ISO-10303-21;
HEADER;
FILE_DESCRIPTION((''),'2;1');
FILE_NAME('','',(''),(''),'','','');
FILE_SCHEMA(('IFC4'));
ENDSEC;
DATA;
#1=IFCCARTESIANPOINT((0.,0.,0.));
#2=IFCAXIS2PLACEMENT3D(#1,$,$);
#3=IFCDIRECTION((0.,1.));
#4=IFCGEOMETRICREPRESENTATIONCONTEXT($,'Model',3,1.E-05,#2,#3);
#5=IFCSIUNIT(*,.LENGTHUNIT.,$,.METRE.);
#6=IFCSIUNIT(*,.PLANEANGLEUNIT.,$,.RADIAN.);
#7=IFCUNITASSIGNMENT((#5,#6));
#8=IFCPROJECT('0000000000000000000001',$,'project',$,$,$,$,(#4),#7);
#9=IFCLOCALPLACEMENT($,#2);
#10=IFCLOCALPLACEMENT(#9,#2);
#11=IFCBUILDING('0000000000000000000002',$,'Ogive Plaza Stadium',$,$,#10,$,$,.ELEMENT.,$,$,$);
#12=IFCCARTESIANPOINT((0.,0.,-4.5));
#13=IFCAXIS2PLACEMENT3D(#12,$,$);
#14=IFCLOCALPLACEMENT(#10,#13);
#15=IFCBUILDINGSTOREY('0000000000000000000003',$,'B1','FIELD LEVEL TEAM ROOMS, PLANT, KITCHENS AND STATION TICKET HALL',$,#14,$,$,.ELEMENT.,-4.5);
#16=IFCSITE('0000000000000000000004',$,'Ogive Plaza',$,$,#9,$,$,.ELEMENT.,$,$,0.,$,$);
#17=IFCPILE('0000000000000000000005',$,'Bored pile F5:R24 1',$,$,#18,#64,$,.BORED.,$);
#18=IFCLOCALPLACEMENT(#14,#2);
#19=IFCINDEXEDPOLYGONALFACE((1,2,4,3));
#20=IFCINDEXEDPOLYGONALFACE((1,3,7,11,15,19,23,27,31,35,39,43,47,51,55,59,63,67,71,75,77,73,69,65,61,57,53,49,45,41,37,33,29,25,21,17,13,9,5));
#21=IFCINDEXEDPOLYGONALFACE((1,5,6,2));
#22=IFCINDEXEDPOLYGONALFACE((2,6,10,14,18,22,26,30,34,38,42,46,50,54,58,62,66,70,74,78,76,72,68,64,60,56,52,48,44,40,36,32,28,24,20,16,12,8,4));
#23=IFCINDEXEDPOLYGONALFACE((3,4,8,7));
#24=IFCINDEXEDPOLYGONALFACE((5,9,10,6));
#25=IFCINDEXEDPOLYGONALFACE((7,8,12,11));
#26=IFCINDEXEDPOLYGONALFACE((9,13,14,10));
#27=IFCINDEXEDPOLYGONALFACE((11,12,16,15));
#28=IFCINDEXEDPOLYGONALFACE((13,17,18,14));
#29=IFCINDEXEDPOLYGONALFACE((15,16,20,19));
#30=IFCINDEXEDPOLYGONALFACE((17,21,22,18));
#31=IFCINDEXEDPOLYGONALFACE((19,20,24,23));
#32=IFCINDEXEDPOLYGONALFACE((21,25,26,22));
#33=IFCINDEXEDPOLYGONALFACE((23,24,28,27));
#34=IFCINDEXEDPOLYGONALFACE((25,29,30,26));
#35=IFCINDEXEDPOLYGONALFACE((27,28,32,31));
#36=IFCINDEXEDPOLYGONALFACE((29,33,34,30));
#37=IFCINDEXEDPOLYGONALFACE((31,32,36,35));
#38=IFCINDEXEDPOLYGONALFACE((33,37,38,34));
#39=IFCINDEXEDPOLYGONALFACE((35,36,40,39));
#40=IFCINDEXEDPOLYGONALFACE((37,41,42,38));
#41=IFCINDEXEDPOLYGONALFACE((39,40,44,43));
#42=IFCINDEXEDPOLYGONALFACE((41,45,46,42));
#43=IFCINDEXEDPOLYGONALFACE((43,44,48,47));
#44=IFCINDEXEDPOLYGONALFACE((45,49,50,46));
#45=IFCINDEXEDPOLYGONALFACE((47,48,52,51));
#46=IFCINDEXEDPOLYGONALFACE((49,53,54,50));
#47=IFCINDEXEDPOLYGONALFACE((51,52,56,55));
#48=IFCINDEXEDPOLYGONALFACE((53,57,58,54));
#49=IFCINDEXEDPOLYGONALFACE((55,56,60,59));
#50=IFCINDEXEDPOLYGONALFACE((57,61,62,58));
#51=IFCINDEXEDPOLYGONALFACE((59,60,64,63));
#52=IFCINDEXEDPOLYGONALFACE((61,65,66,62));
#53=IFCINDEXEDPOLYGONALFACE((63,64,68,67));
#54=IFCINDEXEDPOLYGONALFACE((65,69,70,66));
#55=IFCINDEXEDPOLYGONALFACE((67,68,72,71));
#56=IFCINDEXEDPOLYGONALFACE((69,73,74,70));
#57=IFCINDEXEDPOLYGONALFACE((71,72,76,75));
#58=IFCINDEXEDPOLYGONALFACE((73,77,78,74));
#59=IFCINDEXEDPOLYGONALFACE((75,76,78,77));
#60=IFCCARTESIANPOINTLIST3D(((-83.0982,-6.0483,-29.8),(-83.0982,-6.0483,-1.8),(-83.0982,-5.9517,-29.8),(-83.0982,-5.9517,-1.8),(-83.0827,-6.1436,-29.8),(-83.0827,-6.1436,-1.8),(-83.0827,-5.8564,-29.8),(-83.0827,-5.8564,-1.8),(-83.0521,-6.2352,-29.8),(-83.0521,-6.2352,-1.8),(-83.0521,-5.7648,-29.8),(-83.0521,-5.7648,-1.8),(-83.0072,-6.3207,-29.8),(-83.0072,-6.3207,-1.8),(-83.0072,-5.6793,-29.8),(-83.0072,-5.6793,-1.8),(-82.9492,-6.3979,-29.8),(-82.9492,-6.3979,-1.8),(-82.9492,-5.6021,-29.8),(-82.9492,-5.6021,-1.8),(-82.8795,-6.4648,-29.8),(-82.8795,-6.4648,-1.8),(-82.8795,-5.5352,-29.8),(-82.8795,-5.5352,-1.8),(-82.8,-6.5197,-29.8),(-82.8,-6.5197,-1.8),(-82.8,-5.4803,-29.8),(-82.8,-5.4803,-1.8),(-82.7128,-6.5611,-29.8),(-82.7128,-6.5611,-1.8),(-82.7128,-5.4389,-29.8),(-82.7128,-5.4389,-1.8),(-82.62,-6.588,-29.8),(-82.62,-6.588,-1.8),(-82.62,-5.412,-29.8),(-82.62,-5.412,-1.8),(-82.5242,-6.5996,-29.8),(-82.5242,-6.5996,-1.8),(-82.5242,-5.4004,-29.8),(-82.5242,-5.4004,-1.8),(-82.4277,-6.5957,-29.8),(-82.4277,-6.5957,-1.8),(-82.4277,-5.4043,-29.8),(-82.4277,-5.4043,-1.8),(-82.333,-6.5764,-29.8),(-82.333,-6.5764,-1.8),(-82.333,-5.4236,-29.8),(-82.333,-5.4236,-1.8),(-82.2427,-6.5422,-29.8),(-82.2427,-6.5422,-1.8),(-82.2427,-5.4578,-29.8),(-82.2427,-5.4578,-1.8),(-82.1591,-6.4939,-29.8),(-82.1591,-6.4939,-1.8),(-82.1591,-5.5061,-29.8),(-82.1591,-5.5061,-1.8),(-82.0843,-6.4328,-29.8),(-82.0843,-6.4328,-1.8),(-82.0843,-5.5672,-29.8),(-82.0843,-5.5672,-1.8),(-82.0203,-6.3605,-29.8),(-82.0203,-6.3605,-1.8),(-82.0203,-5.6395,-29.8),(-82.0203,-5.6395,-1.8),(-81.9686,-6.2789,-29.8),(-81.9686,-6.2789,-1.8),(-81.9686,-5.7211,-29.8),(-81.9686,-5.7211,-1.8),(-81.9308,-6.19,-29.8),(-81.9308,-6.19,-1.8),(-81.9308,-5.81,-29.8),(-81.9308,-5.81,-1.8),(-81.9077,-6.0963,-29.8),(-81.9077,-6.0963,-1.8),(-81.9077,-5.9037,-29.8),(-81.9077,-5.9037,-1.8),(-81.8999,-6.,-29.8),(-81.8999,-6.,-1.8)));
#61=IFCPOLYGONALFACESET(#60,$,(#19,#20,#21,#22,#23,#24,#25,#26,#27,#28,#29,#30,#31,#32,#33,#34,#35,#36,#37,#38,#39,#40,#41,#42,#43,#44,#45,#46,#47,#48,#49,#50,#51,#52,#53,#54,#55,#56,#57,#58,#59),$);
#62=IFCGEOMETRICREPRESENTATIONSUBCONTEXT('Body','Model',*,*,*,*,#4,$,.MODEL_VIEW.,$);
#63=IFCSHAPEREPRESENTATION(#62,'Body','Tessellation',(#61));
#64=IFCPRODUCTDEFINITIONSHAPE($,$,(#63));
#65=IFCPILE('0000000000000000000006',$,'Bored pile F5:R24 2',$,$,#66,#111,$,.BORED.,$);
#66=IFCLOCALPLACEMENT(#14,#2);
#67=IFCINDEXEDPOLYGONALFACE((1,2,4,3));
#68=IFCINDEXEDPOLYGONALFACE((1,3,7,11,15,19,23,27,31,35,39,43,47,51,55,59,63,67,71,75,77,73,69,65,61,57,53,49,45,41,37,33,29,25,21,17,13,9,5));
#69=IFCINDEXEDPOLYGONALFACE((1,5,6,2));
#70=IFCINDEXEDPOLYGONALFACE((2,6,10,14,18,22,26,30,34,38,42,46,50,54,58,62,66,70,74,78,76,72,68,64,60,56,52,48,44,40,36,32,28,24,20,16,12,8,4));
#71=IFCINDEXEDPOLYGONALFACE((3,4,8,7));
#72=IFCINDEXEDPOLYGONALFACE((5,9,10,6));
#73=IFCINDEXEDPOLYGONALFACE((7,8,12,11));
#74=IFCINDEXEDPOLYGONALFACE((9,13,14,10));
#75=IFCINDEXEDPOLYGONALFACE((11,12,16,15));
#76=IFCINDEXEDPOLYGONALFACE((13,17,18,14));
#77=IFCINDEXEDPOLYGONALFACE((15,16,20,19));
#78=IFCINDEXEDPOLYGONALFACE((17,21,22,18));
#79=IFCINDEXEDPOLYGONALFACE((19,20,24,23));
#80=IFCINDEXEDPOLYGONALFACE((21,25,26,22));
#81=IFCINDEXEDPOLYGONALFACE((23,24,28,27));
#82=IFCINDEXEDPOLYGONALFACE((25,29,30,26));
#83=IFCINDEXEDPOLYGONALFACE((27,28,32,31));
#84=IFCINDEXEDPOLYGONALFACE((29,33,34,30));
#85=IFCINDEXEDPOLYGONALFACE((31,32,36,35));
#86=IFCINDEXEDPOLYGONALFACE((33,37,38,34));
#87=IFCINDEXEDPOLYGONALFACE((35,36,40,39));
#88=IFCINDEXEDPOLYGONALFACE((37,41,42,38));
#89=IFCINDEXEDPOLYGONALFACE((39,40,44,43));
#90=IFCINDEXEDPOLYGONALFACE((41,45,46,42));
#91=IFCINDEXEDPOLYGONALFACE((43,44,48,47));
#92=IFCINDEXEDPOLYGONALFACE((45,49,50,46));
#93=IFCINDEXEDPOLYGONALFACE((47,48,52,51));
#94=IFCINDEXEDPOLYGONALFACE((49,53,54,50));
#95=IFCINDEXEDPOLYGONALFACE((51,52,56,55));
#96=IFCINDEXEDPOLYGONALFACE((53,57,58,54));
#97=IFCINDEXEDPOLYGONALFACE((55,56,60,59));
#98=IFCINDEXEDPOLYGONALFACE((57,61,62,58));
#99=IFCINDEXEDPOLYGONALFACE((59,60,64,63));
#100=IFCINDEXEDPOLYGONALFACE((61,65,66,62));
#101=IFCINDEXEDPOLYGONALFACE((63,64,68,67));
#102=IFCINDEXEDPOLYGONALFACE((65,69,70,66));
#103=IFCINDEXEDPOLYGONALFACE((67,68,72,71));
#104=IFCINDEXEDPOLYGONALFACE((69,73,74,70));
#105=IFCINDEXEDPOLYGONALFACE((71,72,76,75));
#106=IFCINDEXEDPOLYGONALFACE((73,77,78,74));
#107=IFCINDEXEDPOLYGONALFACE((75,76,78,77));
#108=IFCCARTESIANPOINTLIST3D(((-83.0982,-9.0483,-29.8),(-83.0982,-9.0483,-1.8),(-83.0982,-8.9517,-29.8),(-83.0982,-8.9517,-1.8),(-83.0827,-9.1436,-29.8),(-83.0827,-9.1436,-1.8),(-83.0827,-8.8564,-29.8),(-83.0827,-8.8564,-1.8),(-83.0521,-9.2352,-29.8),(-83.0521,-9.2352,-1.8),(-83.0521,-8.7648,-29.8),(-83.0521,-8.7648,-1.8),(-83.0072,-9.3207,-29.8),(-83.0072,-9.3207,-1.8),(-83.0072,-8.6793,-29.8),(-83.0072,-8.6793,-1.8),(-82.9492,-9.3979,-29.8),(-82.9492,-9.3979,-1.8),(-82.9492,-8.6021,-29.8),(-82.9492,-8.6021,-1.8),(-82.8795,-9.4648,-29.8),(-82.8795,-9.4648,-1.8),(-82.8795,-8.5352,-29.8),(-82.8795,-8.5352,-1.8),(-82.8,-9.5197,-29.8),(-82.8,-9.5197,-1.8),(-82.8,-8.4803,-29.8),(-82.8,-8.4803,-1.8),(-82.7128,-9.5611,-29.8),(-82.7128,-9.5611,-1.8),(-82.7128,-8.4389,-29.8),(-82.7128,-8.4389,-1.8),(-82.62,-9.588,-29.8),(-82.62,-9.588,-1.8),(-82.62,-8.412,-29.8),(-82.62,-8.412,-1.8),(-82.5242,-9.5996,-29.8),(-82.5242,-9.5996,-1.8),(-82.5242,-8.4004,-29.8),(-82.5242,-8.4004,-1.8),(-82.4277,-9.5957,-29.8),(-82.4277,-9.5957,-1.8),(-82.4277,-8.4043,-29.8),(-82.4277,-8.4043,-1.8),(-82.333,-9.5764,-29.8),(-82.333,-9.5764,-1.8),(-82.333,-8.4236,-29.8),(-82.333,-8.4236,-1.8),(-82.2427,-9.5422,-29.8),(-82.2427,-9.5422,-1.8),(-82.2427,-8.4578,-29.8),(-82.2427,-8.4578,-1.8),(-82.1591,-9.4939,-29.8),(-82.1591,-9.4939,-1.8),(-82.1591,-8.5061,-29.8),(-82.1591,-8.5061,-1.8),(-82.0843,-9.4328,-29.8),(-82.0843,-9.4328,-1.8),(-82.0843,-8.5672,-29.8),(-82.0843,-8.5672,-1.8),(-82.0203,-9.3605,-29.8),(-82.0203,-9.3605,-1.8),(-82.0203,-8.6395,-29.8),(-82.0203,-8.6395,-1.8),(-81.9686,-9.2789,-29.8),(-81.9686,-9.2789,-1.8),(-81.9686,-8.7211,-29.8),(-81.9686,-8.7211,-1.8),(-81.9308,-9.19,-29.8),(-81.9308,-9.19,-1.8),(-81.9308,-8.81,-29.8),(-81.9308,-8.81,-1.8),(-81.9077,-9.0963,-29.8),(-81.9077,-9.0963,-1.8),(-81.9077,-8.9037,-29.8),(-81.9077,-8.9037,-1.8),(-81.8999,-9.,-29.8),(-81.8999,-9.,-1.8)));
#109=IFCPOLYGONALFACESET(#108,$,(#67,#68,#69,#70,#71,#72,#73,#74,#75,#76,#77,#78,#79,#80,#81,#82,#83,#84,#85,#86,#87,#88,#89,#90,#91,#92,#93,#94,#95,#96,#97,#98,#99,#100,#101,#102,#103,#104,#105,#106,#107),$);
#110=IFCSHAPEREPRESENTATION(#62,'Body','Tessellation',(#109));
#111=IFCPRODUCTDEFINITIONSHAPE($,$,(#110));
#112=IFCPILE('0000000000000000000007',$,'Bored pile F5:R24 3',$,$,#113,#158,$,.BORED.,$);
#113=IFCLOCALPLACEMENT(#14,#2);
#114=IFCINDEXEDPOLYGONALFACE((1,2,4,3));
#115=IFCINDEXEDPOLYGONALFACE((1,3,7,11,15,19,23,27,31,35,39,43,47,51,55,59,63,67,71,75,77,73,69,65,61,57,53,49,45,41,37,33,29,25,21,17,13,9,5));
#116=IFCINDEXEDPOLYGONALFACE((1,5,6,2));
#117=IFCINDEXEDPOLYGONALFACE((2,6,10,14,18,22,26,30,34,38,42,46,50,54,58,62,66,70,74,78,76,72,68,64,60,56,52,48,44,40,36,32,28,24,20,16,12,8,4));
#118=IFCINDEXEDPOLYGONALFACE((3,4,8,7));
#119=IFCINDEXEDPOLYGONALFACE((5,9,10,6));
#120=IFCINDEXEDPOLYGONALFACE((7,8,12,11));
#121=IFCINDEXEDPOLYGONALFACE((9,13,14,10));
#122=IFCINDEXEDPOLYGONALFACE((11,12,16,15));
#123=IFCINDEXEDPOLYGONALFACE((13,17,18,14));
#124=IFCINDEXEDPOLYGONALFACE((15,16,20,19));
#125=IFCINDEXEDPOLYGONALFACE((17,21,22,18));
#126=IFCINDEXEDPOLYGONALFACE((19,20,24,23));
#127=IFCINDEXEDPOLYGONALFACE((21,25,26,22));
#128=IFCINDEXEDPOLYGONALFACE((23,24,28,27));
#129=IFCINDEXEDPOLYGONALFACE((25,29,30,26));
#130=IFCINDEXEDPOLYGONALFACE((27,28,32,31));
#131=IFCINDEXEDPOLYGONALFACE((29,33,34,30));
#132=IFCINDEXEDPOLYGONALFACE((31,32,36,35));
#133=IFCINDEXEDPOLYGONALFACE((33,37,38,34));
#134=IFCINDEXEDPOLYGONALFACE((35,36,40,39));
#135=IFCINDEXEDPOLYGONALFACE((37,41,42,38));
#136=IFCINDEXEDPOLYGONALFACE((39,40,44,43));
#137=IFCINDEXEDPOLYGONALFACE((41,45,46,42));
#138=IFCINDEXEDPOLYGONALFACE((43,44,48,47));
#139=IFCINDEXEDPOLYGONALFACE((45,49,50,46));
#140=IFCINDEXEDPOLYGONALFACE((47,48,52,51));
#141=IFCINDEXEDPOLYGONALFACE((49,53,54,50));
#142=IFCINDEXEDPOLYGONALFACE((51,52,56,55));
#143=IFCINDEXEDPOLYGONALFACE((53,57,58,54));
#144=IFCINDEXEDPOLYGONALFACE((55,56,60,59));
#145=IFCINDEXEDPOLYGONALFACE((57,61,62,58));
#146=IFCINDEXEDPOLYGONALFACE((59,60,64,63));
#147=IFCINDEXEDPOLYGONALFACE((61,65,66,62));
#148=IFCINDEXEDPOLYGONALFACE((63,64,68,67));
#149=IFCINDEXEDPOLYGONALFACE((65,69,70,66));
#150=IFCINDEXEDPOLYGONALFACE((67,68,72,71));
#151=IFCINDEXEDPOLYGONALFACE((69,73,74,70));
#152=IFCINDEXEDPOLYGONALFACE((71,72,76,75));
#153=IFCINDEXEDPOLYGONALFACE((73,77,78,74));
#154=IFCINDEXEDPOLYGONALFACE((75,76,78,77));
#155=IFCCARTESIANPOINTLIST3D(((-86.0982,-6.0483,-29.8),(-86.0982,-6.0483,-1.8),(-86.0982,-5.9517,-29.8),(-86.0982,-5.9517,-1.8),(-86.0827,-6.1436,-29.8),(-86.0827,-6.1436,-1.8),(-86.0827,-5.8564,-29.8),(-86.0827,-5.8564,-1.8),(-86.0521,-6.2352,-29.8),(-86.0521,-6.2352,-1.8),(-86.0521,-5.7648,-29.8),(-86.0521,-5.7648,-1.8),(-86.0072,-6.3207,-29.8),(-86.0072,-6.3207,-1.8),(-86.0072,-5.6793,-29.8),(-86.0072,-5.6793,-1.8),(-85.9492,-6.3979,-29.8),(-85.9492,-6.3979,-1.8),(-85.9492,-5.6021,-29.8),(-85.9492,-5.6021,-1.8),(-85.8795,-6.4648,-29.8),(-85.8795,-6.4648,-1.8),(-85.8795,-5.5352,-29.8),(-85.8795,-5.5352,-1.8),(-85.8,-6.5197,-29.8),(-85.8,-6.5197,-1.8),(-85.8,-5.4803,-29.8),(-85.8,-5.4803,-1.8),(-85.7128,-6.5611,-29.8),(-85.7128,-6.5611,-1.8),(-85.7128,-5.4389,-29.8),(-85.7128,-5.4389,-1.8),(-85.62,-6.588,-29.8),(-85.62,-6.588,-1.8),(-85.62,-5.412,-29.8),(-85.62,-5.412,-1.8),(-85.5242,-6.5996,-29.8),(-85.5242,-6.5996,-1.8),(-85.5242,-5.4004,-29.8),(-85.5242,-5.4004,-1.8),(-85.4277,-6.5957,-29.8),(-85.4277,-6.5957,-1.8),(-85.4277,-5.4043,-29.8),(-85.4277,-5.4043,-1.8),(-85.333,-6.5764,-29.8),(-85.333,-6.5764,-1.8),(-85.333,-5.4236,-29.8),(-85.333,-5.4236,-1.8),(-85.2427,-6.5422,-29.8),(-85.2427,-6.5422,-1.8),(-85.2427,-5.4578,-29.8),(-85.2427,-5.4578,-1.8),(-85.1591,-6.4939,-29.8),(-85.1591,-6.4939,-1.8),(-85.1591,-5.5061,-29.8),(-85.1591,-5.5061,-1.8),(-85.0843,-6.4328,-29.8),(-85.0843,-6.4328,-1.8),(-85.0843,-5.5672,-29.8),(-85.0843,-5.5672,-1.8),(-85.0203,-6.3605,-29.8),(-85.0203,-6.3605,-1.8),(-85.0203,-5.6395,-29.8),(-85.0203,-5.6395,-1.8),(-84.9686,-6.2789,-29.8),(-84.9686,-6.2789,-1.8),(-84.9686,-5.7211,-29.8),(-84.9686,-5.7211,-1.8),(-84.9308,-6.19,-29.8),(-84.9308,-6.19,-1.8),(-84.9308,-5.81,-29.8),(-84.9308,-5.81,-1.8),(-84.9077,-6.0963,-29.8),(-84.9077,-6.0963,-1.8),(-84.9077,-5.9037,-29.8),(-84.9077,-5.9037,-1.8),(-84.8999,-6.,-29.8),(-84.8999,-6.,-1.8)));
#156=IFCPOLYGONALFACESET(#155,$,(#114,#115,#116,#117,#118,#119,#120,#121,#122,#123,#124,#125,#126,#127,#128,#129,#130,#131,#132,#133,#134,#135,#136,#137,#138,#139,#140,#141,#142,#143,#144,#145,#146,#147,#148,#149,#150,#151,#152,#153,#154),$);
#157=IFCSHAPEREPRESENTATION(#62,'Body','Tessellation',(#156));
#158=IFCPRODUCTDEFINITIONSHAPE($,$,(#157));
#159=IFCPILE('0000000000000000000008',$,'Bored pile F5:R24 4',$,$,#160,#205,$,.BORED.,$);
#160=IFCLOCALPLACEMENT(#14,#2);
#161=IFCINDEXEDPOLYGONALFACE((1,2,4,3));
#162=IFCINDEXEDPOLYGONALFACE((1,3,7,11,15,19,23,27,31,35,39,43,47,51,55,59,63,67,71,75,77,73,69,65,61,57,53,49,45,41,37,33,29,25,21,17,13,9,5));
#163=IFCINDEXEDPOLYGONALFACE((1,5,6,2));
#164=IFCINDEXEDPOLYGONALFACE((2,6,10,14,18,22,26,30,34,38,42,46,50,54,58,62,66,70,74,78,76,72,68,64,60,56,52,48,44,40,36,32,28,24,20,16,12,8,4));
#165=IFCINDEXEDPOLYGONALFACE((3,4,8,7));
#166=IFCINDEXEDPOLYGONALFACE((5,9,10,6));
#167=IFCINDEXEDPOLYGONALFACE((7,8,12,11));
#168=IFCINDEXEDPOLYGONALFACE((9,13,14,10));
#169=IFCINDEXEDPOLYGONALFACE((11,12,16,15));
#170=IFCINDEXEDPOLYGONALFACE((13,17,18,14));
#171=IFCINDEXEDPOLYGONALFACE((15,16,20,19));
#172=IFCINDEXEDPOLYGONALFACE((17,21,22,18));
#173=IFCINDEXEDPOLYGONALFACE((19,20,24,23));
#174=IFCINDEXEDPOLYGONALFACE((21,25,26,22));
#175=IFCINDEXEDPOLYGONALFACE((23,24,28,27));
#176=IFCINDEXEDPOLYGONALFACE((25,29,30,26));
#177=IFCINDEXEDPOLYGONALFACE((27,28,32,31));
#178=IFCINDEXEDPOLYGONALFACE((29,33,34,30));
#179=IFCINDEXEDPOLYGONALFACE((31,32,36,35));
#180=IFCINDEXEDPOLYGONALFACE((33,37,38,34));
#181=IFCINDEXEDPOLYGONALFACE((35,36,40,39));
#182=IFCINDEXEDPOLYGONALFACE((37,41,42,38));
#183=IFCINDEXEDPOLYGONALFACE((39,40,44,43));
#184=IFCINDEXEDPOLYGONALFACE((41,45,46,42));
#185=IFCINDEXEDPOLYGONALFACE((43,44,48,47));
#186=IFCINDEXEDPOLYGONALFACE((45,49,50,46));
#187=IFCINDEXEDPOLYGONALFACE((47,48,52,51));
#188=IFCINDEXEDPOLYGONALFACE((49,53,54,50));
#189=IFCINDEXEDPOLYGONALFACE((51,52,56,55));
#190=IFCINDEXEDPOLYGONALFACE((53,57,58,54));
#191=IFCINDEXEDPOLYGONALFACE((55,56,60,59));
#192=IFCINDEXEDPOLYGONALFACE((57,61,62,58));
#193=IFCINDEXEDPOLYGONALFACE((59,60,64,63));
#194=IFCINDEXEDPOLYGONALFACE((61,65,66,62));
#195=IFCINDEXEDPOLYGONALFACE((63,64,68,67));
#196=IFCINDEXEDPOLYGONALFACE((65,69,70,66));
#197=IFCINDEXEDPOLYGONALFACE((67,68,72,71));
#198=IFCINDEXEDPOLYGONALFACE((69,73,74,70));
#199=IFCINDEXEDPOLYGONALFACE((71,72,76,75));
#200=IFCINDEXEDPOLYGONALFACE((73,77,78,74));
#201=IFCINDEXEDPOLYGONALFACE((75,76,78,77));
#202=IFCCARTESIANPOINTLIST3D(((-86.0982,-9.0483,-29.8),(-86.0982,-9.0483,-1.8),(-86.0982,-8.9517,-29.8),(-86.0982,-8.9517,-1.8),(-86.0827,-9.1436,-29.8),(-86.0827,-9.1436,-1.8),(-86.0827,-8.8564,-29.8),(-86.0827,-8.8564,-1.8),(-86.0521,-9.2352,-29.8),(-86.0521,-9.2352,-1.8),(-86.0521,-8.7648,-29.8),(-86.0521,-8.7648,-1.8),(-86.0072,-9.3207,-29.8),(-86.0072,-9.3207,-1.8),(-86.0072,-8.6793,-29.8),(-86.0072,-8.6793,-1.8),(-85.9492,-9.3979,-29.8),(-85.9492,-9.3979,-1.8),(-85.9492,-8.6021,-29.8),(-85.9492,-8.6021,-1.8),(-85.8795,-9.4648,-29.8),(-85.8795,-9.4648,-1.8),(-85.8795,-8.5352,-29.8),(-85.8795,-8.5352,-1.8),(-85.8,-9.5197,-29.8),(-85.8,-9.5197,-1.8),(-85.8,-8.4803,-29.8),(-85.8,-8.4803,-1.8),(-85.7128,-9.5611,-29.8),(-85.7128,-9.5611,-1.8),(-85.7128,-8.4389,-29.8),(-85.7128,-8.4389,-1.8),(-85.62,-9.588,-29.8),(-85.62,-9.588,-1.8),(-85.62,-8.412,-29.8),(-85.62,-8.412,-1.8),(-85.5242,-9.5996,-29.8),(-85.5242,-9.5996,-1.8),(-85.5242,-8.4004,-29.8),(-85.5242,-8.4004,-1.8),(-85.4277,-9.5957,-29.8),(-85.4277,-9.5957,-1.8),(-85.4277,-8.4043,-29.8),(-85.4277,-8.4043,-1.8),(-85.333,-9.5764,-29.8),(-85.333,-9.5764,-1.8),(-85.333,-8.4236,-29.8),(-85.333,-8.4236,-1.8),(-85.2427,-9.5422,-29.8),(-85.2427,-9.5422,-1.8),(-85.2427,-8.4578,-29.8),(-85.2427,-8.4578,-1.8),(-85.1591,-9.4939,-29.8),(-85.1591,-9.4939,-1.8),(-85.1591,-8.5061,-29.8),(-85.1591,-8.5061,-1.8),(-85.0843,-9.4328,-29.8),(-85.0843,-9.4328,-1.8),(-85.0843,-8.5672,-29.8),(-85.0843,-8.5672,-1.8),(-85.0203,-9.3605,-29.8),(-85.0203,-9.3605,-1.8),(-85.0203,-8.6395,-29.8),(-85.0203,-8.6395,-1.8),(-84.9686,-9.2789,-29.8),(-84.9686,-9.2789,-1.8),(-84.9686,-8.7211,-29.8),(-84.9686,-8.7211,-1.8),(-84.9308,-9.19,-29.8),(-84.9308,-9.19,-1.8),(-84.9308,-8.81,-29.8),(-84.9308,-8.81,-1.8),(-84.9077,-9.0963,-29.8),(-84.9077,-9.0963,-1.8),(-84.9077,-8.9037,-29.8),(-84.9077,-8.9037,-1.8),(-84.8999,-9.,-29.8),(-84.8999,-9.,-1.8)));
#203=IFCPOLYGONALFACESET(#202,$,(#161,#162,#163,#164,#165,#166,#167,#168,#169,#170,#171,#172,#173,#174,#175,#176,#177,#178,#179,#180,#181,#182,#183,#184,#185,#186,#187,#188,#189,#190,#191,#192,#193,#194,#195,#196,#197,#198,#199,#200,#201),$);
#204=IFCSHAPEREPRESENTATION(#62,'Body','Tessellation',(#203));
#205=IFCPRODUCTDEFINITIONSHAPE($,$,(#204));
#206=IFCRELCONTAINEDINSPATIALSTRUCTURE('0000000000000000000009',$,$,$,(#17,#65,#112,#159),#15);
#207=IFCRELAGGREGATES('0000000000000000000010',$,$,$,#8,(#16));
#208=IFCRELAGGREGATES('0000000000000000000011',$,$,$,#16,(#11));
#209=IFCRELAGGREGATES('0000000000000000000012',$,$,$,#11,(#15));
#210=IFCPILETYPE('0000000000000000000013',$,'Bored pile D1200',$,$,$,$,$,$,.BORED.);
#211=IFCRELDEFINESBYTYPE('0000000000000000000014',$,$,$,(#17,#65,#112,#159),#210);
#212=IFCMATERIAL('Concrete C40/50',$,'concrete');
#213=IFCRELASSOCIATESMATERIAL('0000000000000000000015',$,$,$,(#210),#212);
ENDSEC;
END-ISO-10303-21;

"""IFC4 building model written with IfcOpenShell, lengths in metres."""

from ifc_helpers import new_model, si_unit, direction, frame, origin, origin_2d, place, context, subcontext, project, spatial, circle, extrude, material, material_profile, profile_set, type_object, element, save


model = new_model("IFC4")

# Units and contexts
model_context = context("Model", 3, precision=1e-05, world=origin(), true_north=direction((0.0, 1.0)))
body_context = subcontext(model_context, "Body", "Model", "MODEL_VIEW")
ifc_project = project(units=[si_unit("LENGTHUNIT", "METRE"), si_unit("PLANEANGLEUNIT", "RADIAN")], contexts=[model_context])

# Site, building, storey
site_placement = place(None, origin())
site = spatial("IfcSite", under=ifc_project, at=site_placement, Name="Ogive Plaza", CompositionType="ELEMENT", RefElevation=0.0)
building_placement = place(site_placement, origin())
building = spatial("IfcBuilding", under=site, at=building_placement, Name="Ogive Plaza Stadium", CompositionType="ELEMENT")
storey_placement = place(building_placement, frame((0.0, 0.0, -4.5)))
storey = spatial("IfcBuildingStorey", under=building, at=storey_placement, Name="B1", Description="FIELD LEVEL TEAM ROOMS, PLANT, KITCHENS AND STATION TICKET HALL", CompositionType="ELEMENT", Elevation=-4.5)

# Piles
ifc_material_1 = material(Name="Concrete C40/50", Category="concrete")
ifc_material_profile_1 = material_profile(ifc_material_1, circle(Radius=0.6001, at=origin_2d()), Name="RC D1200")
ifc_profile_set_1 = profile_set([ifc_material_profile_1], Name="Concrete C40/50")
pile_type_1 = type_object("IfcPileType", Name="Bored pile D1200", PredefinedType="BORED", material=ifc_profile_set_1)
for number, where, z_axis, x_axis, name in (
    (1, (-82.5, -6.0, -1.8), (0.0, 0.0, -1.0), (1.0, 0.0, 0.0), "Bored pile F5:R24 1"),
    (2, (-82.5, -9.0, -1.8), (0.0, 0.0, -1.0), (1.0, 0.0, 0.0), "Bored pile F5:R24 2"),
    (3, (-85.5, -6.0, -1.8), (0.0, 0.0, -1.0), (1.0, 0.0, 0.0), "Bored pile F5:R24 3"),
    (4, (-85.5, -9.0, -1.8), (0.0, 0.0, -1.0), (1.0, 0.0, 0.0), "Bored pile F5:R24 4"),
):
    element("IfcPile", number, at=place(storey_placement, frame(where, z_axis=z_axis, x_axis=x_axis)), inside=storey, type_object=pile_type_1, Name=name, PredefinedType="BORED", context=body_context, shape_type="SweptSolid", body=[
        extrude(circle(Radius=0.6001, at=origin_2d()), origin(), (0.0, 0.0, 1.0), 28.0),
    ])

save(model, "model.ifc")
